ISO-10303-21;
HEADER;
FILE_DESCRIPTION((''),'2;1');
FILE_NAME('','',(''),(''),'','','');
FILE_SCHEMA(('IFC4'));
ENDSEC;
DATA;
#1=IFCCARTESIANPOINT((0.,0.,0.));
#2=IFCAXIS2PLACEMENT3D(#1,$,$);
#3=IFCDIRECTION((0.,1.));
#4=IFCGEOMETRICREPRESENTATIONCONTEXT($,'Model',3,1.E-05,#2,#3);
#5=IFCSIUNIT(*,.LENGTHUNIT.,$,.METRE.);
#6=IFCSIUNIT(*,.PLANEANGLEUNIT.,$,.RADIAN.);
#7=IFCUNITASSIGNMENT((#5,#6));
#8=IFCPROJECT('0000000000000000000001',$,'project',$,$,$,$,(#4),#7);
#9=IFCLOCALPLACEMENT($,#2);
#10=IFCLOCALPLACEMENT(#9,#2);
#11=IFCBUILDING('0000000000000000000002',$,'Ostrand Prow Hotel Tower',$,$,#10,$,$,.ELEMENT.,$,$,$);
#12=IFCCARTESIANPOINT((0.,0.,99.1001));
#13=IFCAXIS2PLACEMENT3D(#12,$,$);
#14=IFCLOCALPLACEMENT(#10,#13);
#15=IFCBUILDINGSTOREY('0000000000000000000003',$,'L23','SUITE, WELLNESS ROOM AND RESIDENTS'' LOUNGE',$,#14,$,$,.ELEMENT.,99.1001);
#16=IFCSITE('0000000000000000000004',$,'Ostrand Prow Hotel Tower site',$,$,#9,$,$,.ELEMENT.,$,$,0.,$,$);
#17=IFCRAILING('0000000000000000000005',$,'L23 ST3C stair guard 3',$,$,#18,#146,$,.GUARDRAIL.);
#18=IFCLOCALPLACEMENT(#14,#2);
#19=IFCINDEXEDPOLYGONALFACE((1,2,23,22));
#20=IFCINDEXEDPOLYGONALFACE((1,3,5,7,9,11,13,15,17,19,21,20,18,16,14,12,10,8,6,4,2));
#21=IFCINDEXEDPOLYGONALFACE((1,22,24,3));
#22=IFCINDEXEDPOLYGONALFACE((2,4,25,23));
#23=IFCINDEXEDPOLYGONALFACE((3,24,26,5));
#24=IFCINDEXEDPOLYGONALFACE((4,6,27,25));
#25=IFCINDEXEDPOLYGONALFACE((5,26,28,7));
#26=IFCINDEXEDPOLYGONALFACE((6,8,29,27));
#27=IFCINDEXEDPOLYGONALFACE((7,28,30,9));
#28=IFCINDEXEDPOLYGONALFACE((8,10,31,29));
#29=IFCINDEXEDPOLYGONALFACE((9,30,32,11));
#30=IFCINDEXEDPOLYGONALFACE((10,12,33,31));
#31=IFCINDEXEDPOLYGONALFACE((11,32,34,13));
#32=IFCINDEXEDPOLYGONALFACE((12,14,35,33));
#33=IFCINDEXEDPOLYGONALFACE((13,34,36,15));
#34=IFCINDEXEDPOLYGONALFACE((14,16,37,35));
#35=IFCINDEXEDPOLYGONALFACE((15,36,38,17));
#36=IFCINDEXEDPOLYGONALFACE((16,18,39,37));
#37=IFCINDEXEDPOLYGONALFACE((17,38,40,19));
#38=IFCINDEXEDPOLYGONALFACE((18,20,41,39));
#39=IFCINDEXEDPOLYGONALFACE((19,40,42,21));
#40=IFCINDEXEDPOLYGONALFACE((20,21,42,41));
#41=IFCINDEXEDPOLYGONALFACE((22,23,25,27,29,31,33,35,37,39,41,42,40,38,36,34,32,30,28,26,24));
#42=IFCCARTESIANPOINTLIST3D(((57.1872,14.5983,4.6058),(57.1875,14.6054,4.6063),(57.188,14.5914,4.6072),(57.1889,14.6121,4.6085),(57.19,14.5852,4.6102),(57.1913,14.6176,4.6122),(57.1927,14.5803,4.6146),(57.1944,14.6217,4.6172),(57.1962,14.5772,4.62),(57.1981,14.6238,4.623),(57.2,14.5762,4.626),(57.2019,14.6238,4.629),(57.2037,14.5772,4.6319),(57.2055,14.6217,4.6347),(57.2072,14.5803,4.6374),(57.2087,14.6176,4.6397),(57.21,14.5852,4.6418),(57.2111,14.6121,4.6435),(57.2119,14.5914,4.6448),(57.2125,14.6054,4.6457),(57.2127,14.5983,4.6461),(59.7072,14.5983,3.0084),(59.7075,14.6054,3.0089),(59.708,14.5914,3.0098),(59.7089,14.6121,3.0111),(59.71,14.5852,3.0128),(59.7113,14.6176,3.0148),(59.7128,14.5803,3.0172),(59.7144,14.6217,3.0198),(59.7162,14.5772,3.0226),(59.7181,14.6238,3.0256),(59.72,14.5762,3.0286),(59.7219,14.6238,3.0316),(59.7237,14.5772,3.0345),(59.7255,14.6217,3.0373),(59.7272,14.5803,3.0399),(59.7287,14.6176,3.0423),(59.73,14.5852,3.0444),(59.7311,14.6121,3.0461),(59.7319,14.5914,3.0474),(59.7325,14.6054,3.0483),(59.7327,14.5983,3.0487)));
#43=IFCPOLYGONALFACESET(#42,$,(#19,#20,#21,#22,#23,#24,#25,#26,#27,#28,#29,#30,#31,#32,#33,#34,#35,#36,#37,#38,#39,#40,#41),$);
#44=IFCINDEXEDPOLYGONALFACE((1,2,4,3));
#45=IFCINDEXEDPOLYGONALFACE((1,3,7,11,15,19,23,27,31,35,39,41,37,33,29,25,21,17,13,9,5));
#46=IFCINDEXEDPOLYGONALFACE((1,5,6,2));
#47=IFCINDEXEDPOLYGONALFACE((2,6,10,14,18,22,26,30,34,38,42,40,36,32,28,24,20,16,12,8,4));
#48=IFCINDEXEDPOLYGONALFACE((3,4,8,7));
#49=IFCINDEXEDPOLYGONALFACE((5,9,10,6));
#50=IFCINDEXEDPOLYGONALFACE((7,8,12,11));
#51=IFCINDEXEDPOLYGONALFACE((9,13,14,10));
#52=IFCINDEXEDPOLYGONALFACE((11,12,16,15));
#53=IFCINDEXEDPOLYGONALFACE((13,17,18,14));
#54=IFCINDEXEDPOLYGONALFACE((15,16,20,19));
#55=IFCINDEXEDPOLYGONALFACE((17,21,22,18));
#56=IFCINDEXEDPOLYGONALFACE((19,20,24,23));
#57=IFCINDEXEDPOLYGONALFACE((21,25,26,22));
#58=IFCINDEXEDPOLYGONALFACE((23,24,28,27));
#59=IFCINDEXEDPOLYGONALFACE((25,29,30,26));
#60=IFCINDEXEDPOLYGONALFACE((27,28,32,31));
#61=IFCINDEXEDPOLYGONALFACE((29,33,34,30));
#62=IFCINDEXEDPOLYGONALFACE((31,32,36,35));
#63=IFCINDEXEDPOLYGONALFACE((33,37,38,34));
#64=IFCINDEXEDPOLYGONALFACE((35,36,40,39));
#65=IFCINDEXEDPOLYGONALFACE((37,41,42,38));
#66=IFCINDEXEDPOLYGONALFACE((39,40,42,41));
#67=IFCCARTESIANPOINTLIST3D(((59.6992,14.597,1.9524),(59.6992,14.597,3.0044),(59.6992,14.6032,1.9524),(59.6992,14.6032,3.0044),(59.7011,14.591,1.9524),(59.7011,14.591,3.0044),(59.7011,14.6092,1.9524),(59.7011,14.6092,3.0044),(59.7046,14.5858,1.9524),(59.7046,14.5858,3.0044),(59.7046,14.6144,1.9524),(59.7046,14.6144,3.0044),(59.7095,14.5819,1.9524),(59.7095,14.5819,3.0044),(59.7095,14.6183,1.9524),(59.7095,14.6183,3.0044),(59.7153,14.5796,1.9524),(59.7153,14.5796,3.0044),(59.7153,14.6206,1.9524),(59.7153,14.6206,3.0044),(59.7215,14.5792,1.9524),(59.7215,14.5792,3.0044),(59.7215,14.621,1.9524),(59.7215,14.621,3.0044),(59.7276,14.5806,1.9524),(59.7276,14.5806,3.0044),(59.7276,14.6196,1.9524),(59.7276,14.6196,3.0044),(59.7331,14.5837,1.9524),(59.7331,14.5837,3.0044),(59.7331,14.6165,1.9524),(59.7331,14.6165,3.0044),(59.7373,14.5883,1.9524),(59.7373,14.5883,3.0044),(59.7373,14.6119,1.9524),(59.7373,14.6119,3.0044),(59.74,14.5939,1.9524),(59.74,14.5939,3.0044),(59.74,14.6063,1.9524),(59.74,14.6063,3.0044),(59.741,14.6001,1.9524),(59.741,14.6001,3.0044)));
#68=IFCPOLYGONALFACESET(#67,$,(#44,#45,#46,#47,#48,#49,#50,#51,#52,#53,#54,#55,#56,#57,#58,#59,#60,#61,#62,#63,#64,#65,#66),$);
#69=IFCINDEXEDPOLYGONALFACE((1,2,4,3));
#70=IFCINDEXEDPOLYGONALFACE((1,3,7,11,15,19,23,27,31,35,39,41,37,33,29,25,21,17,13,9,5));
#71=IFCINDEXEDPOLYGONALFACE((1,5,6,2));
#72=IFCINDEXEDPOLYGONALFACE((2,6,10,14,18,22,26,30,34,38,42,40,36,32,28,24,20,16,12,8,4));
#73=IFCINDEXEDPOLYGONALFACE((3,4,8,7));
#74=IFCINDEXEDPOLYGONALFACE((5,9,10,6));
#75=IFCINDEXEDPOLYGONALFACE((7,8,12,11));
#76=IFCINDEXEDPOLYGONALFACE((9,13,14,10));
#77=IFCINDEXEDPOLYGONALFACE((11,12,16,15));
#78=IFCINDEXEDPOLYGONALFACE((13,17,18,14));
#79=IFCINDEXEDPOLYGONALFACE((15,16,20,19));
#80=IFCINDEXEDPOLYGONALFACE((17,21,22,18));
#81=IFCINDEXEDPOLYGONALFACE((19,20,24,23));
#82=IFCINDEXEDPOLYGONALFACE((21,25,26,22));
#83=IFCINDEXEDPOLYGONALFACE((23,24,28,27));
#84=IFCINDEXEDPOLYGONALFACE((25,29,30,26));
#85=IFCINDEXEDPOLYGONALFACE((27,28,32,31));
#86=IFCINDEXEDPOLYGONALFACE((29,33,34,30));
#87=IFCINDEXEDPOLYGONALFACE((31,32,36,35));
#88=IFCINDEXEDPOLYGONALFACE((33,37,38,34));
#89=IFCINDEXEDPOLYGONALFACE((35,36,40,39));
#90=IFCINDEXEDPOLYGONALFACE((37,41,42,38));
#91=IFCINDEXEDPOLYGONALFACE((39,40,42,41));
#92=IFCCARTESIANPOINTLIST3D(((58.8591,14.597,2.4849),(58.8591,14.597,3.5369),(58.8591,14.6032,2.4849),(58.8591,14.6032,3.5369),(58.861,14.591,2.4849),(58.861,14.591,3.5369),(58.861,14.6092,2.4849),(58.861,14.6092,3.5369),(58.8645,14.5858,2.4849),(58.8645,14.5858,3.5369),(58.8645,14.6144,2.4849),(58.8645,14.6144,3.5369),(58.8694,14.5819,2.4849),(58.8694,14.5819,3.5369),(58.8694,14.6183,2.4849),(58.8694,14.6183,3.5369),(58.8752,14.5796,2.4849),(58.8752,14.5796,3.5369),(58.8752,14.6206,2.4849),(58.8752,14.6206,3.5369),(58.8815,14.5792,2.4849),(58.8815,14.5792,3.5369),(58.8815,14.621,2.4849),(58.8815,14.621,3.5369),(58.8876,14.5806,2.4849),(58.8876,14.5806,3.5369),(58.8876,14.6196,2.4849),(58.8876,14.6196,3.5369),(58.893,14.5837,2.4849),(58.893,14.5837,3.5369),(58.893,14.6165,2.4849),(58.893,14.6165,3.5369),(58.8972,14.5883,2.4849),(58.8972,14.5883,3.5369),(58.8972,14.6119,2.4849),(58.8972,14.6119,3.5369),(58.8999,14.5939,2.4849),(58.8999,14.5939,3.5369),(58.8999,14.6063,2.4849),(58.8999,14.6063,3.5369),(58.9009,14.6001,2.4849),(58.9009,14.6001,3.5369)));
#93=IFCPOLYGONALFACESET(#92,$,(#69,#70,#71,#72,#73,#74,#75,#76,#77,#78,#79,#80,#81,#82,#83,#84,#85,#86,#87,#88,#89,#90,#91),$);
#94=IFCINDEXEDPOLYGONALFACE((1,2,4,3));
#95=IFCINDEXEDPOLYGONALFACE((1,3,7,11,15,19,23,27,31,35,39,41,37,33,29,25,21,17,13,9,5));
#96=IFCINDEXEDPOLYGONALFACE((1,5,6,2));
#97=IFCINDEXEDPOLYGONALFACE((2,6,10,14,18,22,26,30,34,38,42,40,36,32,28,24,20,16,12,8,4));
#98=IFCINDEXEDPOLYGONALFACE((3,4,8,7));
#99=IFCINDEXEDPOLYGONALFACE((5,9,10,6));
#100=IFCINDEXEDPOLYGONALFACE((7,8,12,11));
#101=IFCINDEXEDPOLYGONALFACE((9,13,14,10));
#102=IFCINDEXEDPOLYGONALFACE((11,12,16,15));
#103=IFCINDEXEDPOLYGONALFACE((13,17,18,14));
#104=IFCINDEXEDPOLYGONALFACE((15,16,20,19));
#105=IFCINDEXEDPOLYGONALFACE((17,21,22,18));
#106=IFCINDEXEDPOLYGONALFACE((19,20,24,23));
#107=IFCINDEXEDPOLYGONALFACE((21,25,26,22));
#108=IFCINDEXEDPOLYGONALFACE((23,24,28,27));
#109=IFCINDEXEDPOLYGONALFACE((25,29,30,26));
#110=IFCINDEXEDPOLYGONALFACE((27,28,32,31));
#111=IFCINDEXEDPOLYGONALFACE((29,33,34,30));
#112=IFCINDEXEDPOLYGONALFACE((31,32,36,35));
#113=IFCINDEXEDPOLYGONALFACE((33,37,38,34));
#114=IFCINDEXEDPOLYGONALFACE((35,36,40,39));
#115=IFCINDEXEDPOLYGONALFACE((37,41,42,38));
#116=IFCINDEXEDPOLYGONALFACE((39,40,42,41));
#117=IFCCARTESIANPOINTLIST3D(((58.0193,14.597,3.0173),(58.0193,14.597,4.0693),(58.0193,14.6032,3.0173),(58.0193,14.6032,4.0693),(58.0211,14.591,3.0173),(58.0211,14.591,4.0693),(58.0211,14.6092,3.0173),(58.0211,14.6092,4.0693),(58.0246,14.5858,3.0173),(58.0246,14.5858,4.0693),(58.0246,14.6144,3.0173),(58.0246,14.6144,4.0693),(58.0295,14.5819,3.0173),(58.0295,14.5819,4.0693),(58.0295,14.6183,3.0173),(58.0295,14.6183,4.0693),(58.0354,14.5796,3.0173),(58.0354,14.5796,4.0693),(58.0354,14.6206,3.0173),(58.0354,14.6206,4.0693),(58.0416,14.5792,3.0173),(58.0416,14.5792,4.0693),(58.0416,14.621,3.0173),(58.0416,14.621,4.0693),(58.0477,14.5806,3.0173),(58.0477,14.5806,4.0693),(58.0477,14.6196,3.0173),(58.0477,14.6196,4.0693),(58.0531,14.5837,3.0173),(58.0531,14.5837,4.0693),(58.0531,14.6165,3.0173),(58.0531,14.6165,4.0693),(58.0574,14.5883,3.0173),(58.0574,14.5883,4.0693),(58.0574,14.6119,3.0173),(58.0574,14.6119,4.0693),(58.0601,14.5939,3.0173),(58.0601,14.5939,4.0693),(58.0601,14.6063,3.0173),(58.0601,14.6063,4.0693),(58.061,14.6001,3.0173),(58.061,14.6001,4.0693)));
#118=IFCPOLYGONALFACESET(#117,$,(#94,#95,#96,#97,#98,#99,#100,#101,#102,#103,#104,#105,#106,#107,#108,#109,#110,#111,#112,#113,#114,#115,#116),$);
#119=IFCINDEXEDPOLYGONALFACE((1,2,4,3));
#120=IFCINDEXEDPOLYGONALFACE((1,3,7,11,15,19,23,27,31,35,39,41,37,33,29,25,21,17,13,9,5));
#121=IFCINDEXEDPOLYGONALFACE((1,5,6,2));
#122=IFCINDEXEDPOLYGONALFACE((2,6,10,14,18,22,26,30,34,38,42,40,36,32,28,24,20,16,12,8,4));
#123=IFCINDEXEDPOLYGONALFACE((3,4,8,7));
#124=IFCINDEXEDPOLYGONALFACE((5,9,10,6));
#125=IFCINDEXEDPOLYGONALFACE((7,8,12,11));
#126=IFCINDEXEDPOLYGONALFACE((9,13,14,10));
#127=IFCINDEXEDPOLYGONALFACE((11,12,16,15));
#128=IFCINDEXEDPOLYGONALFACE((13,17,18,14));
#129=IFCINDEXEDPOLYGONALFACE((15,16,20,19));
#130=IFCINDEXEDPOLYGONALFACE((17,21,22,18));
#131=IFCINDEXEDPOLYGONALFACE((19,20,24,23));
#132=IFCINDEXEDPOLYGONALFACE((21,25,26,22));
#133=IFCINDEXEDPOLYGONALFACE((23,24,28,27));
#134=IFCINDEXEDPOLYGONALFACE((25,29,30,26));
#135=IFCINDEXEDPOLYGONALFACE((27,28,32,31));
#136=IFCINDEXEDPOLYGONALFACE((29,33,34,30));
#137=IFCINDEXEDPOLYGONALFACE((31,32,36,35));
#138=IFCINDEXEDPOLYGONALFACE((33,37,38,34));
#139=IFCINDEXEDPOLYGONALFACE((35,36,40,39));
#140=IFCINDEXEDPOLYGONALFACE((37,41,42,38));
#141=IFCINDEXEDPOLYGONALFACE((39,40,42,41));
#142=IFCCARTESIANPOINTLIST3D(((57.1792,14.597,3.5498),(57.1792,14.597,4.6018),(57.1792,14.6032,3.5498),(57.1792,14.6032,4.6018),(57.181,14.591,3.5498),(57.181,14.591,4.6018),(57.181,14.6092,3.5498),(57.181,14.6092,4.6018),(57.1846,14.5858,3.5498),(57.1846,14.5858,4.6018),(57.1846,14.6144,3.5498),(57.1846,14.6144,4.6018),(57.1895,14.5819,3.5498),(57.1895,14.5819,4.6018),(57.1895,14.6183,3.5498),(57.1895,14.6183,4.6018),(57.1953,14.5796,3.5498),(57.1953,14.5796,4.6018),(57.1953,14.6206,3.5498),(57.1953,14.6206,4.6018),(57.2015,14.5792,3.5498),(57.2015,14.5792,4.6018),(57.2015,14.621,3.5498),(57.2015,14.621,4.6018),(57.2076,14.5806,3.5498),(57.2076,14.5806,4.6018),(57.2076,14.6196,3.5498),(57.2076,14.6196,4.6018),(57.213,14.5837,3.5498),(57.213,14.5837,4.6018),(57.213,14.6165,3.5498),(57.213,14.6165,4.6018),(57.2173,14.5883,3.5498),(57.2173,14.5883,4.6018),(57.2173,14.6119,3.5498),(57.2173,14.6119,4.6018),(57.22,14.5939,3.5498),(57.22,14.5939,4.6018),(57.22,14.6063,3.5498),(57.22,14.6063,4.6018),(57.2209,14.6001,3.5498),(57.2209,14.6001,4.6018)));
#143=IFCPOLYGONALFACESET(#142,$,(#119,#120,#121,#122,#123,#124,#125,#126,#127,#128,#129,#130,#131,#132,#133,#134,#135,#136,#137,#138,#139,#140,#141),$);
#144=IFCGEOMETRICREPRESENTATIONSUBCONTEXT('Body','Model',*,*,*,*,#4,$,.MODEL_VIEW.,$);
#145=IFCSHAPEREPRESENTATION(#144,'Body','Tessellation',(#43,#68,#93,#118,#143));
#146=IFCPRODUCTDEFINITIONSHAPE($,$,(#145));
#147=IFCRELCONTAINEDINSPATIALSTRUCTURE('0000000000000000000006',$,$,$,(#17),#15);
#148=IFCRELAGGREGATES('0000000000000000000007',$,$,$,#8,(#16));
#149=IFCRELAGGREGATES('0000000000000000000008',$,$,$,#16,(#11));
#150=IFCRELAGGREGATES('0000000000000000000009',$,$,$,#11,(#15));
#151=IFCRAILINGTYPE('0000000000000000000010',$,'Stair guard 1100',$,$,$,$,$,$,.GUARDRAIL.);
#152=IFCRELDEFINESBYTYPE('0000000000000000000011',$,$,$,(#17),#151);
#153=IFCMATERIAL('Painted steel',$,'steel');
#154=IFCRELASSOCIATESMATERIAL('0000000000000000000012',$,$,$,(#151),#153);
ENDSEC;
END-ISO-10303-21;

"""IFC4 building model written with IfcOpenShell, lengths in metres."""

from ifc_helpers import new_model, si_unit, direction, frame, origin, origin_2d, place, context, subcontext, project, spatial, circle, extrude, material, type_object, element, save


model = new_model("IFC4")

# Units and contexts
model_context = context("Model", 3, precision=1e-05, world=origin(), true_north=direction((0.0, 1.0)))
body_context = subcontext(model_context, "Body", "Model", "MODEL_VIEW")
ifc_project = project(units=[si_unit("LENGTHUNIT", "METRE"), si_unit("PLANEANGLEUNIT", "RADIAN")], contexts=[model_context])

# Site, building, storey
site_placement = place(None, origin())
site = spatial("IfcSite", under=ifc_project, at=site_placement, Name="Ostrand Prow Hotel Tower site", CompositionType="ELEMENT", RefElevation=0.0)
building_placement = place(site_placement, origin())
building = spatial("IfcBuilding", under=site, at=building_placement, Name="Ostrand Prow Hotel Tower", CompositionType="ELEMENT")
storey_placement = place(building_placement, frame((0.0, 0.0, 99.1001)))
storey = spatial("IfcBuildingStorey", under=building, at=storey_placement, Name="L23", Description="SUITE, WELLNESS ROOM AND RESIDENTS' LOUNGE", CompositionType="ELEMENT", Elevation=99.1001)

# Railing
ifc_material_1 = material(Name="Painted steel", Category="steel")
railing_type_1 = type_object("IfcRailingType", Name="Stair guard 1100", PredefinedType="GUARDRAIL", material=ifc_material_1)
railing_1_placement = place(storey_placement, frame((59.72, 14.6001, 1.9524)))
element("IfcRailing", 1, at=railing_1_placement, inside=storey, type_object=railing_type_1, Name="L23 ST3C stair guard 3", PredefinedType="GUARDRAIL", context=body_context, shape_type="SweptSolid", body=[
    extrude(circle(Radius=0.0239, at=origin_2d()), frame((0.0, 0.0, 1.0762), z_axis=(-0.844607, 0.0, 0.535387), x_axis=(0.0, -1.0, 0.0)), (0.0, 0.0, 1.0), 2.9836),
    extrude(circle(Radius=0.021, at=origin_2d()), origin(), (0.0, 0.0, 1.0), 1.052),
    extrude(circle(Radius=0.021, at=origin_2d()), frame((-0.8401, 0.0, 0.5325)), (0.0, 0.0, 1.0), 1.052),
    extrude(circle(Radius=0.021, at=origin_2d()), frame((-1.6799, 0.0, 1.0649)), (0.0, 0.0, 1.0), 1.052),
    extrude(circle(Radius=0.021, at=origin_2d()), frame((-2.52, 0.0, 1.5974)), (0.0, 0.0, 1.0), 1.052),
])

save(model, "model.ifc")
